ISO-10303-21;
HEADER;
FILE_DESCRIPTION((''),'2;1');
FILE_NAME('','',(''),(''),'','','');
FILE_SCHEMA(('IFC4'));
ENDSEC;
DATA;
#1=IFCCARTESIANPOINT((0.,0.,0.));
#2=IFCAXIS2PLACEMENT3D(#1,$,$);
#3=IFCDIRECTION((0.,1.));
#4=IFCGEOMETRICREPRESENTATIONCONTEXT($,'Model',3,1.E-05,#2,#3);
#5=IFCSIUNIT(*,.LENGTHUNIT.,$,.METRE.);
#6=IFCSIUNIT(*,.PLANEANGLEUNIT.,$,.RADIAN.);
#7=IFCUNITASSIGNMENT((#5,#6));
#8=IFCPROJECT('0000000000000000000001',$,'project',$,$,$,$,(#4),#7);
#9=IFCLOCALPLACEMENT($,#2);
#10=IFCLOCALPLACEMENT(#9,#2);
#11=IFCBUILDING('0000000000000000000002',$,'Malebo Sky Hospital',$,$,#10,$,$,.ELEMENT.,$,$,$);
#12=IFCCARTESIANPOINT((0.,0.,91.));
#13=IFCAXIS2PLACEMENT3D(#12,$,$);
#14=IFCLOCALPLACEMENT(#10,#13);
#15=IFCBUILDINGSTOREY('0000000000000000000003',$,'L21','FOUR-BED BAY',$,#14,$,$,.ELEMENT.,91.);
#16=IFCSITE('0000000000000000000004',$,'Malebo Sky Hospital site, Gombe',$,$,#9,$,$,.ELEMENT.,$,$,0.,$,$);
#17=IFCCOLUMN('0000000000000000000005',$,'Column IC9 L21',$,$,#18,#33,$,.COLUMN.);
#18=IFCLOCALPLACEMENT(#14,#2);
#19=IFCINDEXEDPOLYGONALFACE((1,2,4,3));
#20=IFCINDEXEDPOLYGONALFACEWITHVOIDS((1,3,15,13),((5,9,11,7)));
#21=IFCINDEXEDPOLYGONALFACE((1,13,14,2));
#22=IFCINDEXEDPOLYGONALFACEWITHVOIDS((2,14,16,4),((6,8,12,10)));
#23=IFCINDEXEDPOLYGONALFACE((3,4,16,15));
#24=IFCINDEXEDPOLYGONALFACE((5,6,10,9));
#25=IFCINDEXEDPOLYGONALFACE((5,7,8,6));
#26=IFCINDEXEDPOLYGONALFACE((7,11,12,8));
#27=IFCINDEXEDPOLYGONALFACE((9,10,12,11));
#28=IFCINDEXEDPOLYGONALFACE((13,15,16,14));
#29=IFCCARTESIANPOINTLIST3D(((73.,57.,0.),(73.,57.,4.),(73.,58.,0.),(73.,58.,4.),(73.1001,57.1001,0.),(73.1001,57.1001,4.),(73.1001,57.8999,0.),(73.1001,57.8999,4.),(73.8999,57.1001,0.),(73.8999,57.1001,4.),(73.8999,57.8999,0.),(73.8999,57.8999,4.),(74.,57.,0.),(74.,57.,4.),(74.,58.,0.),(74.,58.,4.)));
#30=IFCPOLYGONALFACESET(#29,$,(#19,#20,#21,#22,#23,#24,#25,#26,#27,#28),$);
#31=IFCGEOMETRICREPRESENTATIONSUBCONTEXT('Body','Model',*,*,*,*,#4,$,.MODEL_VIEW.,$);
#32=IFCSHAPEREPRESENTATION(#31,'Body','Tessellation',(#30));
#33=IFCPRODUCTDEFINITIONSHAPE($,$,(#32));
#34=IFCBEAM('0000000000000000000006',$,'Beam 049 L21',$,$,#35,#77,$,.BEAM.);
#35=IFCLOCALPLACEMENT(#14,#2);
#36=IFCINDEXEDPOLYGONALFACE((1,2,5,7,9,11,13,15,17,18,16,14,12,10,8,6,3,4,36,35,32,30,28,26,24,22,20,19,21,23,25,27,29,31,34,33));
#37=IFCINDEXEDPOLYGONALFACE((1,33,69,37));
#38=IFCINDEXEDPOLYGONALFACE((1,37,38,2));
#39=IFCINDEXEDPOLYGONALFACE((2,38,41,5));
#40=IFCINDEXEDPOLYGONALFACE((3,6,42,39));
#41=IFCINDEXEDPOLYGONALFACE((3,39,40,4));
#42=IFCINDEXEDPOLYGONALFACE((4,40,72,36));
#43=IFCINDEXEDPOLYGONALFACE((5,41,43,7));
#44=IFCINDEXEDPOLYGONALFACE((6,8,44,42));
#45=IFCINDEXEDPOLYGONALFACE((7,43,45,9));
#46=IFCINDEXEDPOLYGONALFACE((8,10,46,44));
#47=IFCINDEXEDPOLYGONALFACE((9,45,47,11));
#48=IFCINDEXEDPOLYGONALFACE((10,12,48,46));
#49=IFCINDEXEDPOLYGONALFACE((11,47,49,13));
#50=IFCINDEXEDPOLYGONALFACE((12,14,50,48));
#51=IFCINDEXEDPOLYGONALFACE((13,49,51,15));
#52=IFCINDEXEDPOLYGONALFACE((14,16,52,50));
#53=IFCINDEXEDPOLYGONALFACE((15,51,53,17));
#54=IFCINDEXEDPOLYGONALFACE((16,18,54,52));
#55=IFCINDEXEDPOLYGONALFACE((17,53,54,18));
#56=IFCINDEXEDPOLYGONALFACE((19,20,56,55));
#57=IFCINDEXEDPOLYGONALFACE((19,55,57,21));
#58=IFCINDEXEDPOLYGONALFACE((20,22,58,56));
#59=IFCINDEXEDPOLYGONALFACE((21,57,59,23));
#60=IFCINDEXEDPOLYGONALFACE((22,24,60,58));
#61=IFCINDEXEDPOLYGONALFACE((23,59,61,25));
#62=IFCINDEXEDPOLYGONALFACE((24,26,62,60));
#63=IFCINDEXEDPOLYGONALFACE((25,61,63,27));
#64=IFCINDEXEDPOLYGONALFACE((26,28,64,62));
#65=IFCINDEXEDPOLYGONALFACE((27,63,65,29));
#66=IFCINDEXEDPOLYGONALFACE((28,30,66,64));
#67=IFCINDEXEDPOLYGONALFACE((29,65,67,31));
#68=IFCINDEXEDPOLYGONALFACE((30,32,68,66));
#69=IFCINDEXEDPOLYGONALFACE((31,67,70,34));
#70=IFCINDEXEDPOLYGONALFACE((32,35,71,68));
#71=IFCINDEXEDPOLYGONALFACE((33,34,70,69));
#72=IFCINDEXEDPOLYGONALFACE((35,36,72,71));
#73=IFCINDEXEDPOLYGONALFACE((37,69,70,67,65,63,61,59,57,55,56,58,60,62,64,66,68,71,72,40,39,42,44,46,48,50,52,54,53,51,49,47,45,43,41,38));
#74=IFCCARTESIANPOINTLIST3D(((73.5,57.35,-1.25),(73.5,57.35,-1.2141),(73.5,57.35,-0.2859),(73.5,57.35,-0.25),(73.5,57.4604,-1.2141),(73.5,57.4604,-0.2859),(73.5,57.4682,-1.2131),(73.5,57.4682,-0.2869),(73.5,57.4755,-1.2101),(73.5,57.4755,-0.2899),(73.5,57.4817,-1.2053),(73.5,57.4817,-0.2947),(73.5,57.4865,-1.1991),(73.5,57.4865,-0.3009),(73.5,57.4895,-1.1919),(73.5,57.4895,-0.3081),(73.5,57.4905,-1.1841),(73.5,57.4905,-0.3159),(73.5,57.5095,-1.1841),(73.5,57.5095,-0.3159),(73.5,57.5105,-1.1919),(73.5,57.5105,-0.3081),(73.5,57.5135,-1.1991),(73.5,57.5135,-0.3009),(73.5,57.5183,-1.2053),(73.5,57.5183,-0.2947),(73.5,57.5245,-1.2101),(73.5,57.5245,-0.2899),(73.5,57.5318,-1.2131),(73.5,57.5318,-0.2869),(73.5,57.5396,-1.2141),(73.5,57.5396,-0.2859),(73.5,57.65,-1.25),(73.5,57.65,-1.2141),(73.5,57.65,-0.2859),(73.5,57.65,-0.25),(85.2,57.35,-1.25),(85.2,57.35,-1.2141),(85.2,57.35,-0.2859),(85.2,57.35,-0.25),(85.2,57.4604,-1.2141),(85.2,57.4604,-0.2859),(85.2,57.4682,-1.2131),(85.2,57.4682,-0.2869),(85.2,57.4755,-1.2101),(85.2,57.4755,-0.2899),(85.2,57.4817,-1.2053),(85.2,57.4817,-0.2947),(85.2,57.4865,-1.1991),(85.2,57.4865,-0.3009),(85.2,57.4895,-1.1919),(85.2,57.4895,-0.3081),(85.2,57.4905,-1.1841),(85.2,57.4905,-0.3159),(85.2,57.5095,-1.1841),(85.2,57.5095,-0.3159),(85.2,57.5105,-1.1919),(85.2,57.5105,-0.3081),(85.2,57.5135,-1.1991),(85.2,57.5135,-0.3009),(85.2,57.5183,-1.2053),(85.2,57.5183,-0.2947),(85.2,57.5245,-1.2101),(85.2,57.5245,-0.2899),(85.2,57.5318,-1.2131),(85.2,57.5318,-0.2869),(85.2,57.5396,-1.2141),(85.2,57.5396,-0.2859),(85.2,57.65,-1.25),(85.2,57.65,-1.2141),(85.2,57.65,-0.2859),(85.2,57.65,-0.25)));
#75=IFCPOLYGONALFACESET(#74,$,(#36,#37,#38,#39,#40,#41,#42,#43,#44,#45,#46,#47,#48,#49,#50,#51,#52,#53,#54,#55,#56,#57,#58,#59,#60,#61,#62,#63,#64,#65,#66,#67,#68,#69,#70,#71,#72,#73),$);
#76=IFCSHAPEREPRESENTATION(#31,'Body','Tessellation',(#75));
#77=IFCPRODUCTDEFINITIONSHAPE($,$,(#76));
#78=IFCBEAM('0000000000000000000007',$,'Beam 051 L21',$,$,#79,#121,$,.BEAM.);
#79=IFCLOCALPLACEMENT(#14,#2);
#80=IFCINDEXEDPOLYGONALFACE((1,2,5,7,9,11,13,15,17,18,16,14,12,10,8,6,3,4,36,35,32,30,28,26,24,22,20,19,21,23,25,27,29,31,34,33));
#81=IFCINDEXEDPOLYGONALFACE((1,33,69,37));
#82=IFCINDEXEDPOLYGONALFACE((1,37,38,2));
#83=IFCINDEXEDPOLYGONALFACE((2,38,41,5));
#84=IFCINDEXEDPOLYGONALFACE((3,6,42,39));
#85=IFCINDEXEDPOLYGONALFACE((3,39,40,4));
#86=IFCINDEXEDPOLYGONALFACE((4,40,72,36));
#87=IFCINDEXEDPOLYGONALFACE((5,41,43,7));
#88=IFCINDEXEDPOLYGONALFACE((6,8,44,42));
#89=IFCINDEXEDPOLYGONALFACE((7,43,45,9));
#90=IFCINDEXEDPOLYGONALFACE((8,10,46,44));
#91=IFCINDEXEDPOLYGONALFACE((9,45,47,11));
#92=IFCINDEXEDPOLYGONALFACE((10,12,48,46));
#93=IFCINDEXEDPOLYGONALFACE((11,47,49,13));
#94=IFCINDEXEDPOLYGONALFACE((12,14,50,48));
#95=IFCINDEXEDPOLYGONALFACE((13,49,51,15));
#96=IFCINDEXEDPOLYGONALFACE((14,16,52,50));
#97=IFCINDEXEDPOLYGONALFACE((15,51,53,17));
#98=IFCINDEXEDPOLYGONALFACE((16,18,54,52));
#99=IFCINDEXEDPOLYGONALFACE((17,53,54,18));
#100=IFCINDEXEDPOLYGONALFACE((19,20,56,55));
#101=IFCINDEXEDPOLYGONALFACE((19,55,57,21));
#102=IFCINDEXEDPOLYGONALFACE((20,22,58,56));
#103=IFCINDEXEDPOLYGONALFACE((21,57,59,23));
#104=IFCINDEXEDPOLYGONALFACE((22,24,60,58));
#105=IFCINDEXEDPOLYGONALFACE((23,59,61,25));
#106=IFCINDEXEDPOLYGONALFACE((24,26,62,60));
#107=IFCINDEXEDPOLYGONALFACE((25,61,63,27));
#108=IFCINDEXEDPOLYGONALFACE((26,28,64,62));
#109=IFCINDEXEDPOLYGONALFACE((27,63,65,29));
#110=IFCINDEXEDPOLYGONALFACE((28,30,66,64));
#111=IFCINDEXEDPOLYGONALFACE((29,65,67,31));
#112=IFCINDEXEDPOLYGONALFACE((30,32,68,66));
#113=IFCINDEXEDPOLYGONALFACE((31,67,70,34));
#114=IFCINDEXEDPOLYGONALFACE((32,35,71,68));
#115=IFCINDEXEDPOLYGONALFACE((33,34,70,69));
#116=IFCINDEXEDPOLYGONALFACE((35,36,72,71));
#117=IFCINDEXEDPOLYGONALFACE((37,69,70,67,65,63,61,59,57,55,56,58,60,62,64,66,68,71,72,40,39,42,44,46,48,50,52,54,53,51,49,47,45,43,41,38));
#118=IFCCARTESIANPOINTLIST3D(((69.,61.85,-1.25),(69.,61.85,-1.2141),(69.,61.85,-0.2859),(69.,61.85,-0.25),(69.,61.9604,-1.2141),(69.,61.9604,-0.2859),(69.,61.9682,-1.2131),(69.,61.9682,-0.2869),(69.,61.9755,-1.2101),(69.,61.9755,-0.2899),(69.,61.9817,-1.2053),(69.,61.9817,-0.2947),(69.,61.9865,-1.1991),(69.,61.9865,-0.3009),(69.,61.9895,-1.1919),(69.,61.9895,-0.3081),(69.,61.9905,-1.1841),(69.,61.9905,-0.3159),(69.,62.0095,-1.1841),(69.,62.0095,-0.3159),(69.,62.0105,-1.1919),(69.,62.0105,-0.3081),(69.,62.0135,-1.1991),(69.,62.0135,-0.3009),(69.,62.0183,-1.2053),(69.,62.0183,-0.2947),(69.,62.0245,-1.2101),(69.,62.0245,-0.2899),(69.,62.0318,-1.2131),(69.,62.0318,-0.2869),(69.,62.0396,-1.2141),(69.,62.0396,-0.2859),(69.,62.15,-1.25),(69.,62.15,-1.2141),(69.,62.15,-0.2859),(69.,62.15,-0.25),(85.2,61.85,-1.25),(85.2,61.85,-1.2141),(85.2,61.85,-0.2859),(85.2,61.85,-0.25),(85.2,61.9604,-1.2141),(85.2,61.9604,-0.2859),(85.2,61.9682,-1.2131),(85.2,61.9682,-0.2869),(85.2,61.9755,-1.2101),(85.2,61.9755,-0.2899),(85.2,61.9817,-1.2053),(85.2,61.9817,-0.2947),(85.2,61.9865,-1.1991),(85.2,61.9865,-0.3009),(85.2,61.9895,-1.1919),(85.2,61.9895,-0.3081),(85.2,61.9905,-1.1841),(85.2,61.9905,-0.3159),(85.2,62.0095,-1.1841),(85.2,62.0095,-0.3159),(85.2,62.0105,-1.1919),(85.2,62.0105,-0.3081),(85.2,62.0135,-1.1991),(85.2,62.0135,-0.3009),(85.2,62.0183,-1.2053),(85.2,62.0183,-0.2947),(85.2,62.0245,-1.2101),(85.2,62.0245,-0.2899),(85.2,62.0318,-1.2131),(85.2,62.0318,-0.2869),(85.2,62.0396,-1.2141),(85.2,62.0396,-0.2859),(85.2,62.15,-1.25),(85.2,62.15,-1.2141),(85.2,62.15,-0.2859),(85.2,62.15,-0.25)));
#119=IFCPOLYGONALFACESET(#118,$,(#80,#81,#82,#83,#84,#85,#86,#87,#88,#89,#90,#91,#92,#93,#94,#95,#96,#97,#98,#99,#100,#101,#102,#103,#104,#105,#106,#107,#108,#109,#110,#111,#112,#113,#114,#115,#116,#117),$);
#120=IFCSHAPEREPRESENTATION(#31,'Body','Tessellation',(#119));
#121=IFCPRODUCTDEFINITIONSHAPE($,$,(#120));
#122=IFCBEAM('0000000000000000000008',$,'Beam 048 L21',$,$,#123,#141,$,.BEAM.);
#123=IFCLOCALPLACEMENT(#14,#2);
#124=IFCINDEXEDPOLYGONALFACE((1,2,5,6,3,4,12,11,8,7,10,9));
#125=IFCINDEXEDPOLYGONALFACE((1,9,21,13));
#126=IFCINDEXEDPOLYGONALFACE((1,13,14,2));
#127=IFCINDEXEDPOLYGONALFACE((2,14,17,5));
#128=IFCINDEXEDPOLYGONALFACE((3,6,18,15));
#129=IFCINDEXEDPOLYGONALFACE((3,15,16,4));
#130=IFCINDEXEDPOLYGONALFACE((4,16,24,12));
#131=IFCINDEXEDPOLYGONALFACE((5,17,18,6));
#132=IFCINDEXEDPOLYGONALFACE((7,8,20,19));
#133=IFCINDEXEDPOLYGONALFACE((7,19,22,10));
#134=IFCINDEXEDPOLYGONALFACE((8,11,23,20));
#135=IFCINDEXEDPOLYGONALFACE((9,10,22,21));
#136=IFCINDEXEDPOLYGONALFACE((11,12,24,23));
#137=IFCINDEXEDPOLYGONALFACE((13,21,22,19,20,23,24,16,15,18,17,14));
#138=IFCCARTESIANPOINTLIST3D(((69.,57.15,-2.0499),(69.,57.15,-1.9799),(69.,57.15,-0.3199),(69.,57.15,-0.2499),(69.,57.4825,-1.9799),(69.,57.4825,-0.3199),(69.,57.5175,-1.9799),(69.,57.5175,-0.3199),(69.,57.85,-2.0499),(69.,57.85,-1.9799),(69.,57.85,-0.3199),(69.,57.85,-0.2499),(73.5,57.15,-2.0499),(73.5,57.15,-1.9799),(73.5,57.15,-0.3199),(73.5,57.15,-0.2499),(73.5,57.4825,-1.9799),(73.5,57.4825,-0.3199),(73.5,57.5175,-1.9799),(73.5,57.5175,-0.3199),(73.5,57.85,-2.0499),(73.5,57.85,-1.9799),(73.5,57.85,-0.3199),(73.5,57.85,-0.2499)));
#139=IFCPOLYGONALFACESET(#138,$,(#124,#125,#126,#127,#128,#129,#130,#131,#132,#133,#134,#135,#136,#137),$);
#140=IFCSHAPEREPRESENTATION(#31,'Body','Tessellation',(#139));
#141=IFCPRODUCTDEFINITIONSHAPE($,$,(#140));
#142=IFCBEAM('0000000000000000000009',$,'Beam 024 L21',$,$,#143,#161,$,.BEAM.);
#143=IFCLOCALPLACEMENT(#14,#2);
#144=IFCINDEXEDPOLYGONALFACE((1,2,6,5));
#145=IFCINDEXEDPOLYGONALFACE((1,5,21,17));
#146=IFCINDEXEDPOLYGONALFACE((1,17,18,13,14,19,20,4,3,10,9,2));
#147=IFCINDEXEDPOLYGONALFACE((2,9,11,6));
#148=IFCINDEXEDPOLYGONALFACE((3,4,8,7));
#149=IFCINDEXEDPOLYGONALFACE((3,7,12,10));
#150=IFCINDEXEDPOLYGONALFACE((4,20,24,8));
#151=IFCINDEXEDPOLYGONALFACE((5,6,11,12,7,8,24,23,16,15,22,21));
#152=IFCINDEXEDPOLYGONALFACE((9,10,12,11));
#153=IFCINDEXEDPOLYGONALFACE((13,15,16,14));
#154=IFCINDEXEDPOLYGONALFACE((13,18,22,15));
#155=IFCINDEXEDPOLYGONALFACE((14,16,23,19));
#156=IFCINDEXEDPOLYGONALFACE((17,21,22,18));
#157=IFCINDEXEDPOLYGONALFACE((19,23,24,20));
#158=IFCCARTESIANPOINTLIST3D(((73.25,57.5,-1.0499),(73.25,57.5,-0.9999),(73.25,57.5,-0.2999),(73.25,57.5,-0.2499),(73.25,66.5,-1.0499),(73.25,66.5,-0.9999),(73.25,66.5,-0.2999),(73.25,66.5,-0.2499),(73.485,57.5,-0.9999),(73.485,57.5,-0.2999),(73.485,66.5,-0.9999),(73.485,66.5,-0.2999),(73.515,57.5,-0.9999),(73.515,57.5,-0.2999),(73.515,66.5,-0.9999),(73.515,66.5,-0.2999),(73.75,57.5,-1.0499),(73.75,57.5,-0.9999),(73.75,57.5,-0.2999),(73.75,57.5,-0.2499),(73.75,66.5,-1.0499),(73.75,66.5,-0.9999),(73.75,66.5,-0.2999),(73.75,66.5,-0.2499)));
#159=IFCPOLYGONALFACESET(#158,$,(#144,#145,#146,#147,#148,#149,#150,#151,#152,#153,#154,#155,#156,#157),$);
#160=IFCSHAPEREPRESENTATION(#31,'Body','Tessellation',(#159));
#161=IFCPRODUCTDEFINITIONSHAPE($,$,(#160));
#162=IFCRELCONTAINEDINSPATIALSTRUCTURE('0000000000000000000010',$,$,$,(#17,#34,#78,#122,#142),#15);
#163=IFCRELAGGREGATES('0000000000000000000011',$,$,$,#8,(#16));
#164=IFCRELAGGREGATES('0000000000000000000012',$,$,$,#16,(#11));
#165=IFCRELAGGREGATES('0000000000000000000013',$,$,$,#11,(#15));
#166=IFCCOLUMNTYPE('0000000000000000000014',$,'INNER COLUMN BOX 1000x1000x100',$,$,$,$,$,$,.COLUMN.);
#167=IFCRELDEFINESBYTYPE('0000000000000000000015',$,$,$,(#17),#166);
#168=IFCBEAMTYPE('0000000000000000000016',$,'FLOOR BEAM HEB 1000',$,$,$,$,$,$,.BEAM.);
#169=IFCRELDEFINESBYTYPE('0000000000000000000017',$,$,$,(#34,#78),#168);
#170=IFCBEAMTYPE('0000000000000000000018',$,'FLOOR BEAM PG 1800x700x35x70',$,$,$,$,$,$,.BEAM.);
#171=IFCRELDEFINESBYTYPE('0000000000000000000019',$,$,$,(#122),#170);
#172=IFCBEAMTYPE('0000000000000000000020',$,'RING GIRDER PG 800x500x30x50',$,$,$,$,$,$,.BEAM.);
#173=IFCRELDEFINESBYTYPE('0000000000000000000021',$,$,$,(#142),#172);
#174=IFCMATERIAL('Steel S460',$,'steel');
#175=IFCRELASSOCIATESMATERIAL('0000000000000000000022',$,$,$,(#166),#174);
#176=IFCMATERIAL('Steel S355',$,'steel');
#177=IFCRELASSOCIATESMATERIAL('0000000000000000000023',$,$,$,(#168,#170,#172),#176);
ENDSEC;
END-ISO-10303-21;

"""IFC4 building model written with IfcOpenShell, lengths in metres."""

from ifc_helpers import new_model, si_unit, direction, frame, origin, origin_2d, place, context, subcontext, project, spatial, hollow_rectangle, i_section, extrude, material, material_profile, profile_set, type_object, element, save


model = new_model("IFC4")

# Units and contexts
model_context = context("Model", 3, precision=1e-05, world=origin(), true_north=direction((0.0, 1.0)))
body_context = subcontext(model_context, "Body", "Model", "MODEL_VIEW")
ifc_project = project(units=[si_unit("LENGTHUNIT", "METRE"), si_unit("PLANEANGLEUNIT", "RADIAN")], contexts=[model_context])

# Site, building, storey
site_placement = place(None, origin())
site = spatial("IfcSite", under=ifc_project, at=site_placement, Name="Malebo Sky Hospital site, Gombe", CompositionType="ELEMENT", RefElevation=0.0)
building_placement = place(site_placement, origin())
building = spatial("IfcBuilding", under=site, at=building_placement, Name="Malebo Sky Hospital", CompositionType="ELEMENT")
storey_placement = place(building_placement, frame((0.0, 0.0, 91.0)))
storey = spatial("IfcBuildingStorey", under=building, at=storey_placement, Name="L21", Description="FOUR-BED BAY", CompositionType="ELEMENT", Elevation=91.0)

# Column
ifc_material_1 = material(Name="Steel S460", Category="steel")
ifc_material_profile_1 = material_profile(ifc_material_1, hollow_rectangle(XDim=1.0, YDim=1.0, WallThickness=0.1001, at=origin_2d()), Name="BOX 1000x1000x100")
ifc_profile_set_1 = profile_set([ifc_material_profile_1], Name="Steel S460")
column_type = type_object("IfcColumnType", Name="INNER COLUMN BOX 1000x1000x100", PredefinedType="COLUMN", material=ifc_profile_set_1)
column_placement = place(storey_placement, frame((73.5, 57.5, 0.0), z_axis=(0.0, 0.0, 1.0), x_axis=(1.0, 0.0, 0.0)))
element("IfcColumn", 1, at=column_placement, inside=storey, type_object=column_type, Name="Column IC9 L21", PredefinedType="COLUMN", context=body_context, shape_type="SweptSolid", body=[
    extrude(hollow_rectangle(XDim=1.0, YDim=1.0, WallThickness=0.1001, at=origin_2d()), origin(), (0.0, 0.0, 1.0), 4.0),
])

# Beams
ifc_material_2 = material(Name="Steel S355", Category="steel")
ifc_material_profile_2 = material_profile(ifc_material_2, i_section(OverallWidth=0.3, OverallDepth=1.0, WebThickness=0.019, FlangeThickness=0.0359, FilletRadius=0.03, at=origin_2d()), Name="HEB 1000")
ifc_profile_set_2 = profile_set([ifc_material_profile_2], Name="Steel S355")
beam_type_1 = type_object("IfcBeamType", Name="FLOOR BEAM HEB 1000", PredefinedType="BEAM", material=ifc_profile_set_2)
beam_1_placement = place(storey_placement, frame((73.5, 57.5, -0.75), z_axis=(1.0, 0.0, 0.0), x_axis=(0.0, 1.0, 0.0)))
element("IfcBeam", 2, at=beam_1_placement, inside=storey, type_object=beam_type_1, Name="Beam 049 L21", PredefinedType="BEAM", context=body_context, shape_type="SweptSolid", body=[
    extrude(i_section(OverallWidth=0.3, OverallDepth=1.0, WebThickness=0.019, FlangeThickness=0.0359, FilletRadius=0.03, at=origin_2d()), origin(), (0.0, 0.0, 1.0), 11.7),
])
beam_2_placement = place(storey_placement, frame((69.0, 62.0, -0.75), z_axis=(1.0, 0.0, 0.0), x_axis=(0.0, 1.0, 0.0)))
element("IfcBeam", 3, at=beam_2_placement, inside=storey, type_object=beam_type_1, Name="Beam 051 L21", PredefinedType="BEAM", context=body_context, shape_type="SweptSolid", body=[
    extrude(i_section(OverallWidth=0.3, OverallDepth=1.0, WebThickness=0.019, FlangeThickness=0.0359, FilletRadius=0.03, at=origin_2d()), origin(), (0.0, 0.0, 1.0), 16.2),
])
ifc_material_profile_3 = material_profile(ifc_material_2, i_section(OverallWidth=0.7, OverallDepth=1.8, WebThickness=0.0349, FlangeThickness=0.0701, at=origin_2d()), Name="PG 1800x700x35x70")
ifc_profile_set_3 = profile_set([ifc_material_profile_3], Name="Steel S355")
beam_type_2 = type_object("IfcBeamType", Name="FLOOR BEAM PG 1800x700x35x70", PredefinedType="BEAM", material=ifc_profile_set_3)
beam_3_placement = place(storey_placement, frame((69.0, 57.5, -1.1499), z_axis=(1.0, 0.0, 0.0), x_axis=(0.0, 1.0, 0.0)))
element("IfcBeam", 4, at=beam_3_placement, inside=storey, type_object=beam_type_2, Name="Beam 048 L21", PredefinedType="BEAM", context=body_context, shape_type="SweptSolid", body=[
    extrude(i_section(OverallWidth=0.7, OverallDepth=1.8, WebThickness=0.0349, FlangeThickness=0.0701, at=origin_2d()), origin(), (0.0, 0.0, 1.0), 4.5),
])
ifc_material_profile_4 = material_profile(ifc_material_2, i_section(OverallWidth=0.5, OverallDepth=0.8, WebThickness=0.03, FlangeThickness=0.05, at=origin_2d()), Name="PG 800x500x30x50")
ifc_profile_set_4 = profile_set([ifc_material_profile_4], Name="Steel S355")
beam_type_3 = type_object("IfcBeamType", Name="RING GIRDER PG 800x500x30x50", PredefinedType="BEAM", material=ifc_profile_set_4)
beam_4_placement = place(storey_placement, frame((73.5, 57.5, -0.6499), z_axis=(0.0, 1.0, 0.0), x_axis=(-1.0, 0.0, 0.0)))
element("IfcBeam", 5, at=beam_4_placement, inside=storey, type_object=beam_type_3, Name="Beam 024 L21", PredefinedType="BEAM", context=body_context, shape_type="SweptSolid", body=[
    extrude(i_section(OverallWidth=0.5, OverallDepth=0.8, WebThickness=0.03, FlangeThickness=0.05, at=origin_2d()), origin(), (0.0, 0.0, 1.0), 9.0),
])

save(model, "model.ifc")
